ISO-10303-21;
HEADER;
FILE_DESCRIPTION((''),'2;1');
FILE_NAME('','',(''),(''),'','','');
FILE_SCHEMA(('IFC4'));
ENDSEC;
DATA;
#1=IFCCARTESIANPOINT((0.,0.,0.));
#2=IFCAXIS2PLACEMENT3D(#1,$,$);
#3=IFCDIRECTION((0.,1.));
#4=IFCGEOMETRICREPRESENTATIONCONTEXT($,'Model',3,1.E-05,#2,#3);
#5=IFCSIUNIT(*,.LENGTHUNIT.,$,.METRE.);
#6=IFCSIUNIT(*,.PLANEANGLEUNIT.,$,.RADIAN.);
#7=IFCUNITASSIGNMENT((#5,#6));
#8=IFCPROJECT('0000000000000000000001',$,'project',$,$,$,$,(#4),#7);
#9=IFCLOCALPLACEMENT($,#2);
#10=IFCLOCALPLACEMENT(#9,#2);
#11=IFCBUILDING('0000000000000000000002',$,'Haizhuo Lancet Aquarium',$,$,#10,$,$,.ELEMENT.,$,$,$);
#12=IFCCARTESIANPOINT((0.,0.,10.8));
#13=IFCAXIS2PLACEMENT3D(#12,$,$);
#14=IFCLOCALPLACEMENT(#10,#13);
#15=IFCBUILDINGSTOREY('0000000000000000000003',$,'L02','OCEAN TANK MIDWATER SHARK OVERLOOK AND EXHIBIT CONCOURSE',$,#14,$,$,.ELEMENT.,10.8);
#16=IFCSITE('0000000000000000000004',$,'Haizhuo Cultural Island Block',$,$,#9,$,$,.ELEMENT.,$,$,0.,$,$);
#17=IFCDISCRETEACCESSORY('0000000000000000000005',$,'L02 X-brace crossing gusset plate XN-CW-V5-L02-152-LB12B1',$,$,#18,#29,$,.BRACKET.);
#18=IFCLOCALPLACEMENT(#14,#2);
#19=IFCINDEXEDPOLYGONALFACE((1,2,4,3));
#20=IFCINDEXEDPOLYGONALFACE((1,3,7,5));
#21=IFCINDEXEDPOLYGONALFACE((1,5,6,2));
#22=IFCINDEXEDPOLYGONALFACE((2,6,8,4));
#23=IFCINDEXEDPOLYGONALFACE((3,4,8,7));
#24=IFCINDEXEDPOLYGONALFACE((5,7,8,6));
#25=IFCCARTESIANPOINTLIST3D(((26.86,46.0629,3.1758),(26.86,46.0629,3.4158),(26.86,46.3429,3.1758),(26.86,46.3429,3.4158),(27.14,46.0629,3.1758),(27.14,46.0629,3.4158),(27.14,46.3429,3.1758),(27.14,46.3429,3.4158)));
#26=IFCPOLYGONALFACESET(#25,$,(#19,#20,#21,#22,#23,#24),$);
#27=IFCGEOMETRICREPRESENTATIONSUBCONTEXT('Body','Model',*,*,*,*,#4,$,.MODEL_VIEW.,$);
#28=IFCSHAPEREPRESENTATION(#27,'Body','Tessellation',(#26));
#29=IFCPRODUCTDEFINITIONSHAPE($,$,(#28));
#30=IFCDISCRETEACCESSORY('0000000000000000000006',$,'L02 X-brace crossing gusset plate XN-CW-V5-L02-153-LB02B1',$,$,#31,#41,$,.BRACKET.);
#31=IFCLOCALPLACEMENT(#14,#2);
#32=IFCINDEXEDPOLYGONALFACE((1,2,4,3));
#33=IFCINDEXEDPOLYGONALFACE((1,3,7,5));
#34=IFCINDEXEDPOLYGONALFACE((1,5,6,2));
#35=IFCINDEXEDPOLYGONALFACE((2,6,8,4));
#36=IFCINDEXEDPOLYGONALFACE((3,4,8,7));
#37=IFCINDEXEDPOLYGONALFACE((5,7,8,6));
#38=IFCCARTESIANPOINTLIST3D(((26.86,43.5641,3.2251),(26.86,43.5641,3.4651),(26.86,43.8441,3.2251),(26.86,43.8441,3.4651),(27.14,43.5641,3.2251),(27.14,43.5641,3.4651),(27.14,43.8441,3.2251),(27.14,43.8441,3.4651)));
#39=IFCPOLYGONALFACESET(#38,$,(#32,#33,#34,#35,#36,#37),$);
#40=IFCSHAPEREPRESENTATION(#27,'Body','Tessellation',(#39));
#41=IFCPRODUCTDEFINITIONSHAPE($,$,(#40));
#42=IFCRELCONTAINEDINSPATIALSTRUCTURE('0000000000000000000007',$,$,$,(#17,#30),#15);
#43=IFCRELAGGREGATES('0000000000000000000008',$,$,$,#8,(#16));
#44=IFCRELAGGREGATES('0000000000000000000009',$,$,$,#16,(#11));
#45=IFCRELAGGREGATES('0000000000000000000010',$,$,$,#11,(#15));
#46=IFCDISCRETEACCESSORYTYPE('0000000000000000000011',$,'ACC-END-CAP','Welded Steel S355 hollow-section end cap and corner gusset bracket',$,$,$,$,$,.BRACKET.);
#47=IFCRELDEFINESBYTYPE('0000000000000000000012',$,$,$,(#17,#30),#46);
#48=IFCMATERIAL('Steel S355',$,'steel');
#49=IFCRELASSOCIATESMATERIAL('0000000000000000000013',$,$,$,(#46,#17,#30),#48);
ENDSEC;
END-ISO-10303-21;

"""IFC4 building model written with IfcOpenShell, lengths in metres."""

from ifc_helpers import new_model, si_unit, direction, frame, origin, origin_2d, place, context, subcontext, project, spatial, rectangle, extrude, material, type_object, element, save


model = new_model("IFC4")

# Units and contexts
model_context = context("Model", 3, precision=1e-05, world=origin(), true_north=direction((0.0, 1.0)))
body_context = subcontext(model_context, "Body", "Model", "MODEL_VIEW")
ifc_project = project(units=[si_unit("LENGTHUNIT", "METRE"), si_unit("PLANEANGLEUNIT", "RADIAN")], contexts=[model_context])

# Site, building, storey
site_placement = place(None, origin())
site = spatial("IfcSite", under=ifc_project, at=site_placement, Name="Haizhuo Cultural Island Block", CompositionType="ELEMENT", RefElevation=0.0)
building_placement = place(site_placement, origin())
building = spatial("IfcBuilding", under=site, at=building_placement, Name="Haizhuo Lancet Aquarium", CompositionType="ELEMENT")
storey_placement = place(building_placement, frame((0.0, 0.0, 10.8)))
storey = spatial("IfcBuildingStorey", under=building, at=storey_placement, Name="L02", Description="OCEAN TANK MIDWATER SHARK OVERLOOK AND EXHIBIT CONCOURSE", CompositionType="ELEMENT", Elevation=10.8)

# Shared definitions
ifc_material_1 = material(Name="Steel S355", Category="steel")

# Discrete accessories
discrete_accessory_type = type_object("IfcDiscreteAccessoryType", Name="ACC-END-CAP", Description="Welded Steel S355 hollow-section end cap and corner gusset bracket", PredefinedType="BRACKET", material=ifc_material_1)
for number, where, z_axis, x_axis, name in (
    (1, (27.0, 46.2029, 3.1758), (0.0, 0.0, 1.0), (1.0, 0.0, 0.0), "L02 X-brace crossing gusset plate XN-CW-V5-L02-152-LB12B1"),
    (2, (27.0, 43.7041, 3.2251), (0.0, 0.0, 1.0), (1.0, 0.0, 0.0), "L02 X-brace crossing gusset plate XN-CW-V5-L02-153-LB02B1"),
):
    element("IfcDiscreteAccessory", number, at=place(storey_placement, frame(where, z_axis=z_axis, x_axis=x_axis)), inside=storey, type_object=discrete_accessory_type, material=ifc_material_1, Name=name, PredefinedType="BRACKET", context=body_context, shape_type="SweptSolid", body=[
        extrude(rectangle(XDim=0.28, YDim=0.28, at=origin_2d()), origin(), (0.0, 0.0, 1.0), 0.24),
    ])

save(model, "model.ifc")
